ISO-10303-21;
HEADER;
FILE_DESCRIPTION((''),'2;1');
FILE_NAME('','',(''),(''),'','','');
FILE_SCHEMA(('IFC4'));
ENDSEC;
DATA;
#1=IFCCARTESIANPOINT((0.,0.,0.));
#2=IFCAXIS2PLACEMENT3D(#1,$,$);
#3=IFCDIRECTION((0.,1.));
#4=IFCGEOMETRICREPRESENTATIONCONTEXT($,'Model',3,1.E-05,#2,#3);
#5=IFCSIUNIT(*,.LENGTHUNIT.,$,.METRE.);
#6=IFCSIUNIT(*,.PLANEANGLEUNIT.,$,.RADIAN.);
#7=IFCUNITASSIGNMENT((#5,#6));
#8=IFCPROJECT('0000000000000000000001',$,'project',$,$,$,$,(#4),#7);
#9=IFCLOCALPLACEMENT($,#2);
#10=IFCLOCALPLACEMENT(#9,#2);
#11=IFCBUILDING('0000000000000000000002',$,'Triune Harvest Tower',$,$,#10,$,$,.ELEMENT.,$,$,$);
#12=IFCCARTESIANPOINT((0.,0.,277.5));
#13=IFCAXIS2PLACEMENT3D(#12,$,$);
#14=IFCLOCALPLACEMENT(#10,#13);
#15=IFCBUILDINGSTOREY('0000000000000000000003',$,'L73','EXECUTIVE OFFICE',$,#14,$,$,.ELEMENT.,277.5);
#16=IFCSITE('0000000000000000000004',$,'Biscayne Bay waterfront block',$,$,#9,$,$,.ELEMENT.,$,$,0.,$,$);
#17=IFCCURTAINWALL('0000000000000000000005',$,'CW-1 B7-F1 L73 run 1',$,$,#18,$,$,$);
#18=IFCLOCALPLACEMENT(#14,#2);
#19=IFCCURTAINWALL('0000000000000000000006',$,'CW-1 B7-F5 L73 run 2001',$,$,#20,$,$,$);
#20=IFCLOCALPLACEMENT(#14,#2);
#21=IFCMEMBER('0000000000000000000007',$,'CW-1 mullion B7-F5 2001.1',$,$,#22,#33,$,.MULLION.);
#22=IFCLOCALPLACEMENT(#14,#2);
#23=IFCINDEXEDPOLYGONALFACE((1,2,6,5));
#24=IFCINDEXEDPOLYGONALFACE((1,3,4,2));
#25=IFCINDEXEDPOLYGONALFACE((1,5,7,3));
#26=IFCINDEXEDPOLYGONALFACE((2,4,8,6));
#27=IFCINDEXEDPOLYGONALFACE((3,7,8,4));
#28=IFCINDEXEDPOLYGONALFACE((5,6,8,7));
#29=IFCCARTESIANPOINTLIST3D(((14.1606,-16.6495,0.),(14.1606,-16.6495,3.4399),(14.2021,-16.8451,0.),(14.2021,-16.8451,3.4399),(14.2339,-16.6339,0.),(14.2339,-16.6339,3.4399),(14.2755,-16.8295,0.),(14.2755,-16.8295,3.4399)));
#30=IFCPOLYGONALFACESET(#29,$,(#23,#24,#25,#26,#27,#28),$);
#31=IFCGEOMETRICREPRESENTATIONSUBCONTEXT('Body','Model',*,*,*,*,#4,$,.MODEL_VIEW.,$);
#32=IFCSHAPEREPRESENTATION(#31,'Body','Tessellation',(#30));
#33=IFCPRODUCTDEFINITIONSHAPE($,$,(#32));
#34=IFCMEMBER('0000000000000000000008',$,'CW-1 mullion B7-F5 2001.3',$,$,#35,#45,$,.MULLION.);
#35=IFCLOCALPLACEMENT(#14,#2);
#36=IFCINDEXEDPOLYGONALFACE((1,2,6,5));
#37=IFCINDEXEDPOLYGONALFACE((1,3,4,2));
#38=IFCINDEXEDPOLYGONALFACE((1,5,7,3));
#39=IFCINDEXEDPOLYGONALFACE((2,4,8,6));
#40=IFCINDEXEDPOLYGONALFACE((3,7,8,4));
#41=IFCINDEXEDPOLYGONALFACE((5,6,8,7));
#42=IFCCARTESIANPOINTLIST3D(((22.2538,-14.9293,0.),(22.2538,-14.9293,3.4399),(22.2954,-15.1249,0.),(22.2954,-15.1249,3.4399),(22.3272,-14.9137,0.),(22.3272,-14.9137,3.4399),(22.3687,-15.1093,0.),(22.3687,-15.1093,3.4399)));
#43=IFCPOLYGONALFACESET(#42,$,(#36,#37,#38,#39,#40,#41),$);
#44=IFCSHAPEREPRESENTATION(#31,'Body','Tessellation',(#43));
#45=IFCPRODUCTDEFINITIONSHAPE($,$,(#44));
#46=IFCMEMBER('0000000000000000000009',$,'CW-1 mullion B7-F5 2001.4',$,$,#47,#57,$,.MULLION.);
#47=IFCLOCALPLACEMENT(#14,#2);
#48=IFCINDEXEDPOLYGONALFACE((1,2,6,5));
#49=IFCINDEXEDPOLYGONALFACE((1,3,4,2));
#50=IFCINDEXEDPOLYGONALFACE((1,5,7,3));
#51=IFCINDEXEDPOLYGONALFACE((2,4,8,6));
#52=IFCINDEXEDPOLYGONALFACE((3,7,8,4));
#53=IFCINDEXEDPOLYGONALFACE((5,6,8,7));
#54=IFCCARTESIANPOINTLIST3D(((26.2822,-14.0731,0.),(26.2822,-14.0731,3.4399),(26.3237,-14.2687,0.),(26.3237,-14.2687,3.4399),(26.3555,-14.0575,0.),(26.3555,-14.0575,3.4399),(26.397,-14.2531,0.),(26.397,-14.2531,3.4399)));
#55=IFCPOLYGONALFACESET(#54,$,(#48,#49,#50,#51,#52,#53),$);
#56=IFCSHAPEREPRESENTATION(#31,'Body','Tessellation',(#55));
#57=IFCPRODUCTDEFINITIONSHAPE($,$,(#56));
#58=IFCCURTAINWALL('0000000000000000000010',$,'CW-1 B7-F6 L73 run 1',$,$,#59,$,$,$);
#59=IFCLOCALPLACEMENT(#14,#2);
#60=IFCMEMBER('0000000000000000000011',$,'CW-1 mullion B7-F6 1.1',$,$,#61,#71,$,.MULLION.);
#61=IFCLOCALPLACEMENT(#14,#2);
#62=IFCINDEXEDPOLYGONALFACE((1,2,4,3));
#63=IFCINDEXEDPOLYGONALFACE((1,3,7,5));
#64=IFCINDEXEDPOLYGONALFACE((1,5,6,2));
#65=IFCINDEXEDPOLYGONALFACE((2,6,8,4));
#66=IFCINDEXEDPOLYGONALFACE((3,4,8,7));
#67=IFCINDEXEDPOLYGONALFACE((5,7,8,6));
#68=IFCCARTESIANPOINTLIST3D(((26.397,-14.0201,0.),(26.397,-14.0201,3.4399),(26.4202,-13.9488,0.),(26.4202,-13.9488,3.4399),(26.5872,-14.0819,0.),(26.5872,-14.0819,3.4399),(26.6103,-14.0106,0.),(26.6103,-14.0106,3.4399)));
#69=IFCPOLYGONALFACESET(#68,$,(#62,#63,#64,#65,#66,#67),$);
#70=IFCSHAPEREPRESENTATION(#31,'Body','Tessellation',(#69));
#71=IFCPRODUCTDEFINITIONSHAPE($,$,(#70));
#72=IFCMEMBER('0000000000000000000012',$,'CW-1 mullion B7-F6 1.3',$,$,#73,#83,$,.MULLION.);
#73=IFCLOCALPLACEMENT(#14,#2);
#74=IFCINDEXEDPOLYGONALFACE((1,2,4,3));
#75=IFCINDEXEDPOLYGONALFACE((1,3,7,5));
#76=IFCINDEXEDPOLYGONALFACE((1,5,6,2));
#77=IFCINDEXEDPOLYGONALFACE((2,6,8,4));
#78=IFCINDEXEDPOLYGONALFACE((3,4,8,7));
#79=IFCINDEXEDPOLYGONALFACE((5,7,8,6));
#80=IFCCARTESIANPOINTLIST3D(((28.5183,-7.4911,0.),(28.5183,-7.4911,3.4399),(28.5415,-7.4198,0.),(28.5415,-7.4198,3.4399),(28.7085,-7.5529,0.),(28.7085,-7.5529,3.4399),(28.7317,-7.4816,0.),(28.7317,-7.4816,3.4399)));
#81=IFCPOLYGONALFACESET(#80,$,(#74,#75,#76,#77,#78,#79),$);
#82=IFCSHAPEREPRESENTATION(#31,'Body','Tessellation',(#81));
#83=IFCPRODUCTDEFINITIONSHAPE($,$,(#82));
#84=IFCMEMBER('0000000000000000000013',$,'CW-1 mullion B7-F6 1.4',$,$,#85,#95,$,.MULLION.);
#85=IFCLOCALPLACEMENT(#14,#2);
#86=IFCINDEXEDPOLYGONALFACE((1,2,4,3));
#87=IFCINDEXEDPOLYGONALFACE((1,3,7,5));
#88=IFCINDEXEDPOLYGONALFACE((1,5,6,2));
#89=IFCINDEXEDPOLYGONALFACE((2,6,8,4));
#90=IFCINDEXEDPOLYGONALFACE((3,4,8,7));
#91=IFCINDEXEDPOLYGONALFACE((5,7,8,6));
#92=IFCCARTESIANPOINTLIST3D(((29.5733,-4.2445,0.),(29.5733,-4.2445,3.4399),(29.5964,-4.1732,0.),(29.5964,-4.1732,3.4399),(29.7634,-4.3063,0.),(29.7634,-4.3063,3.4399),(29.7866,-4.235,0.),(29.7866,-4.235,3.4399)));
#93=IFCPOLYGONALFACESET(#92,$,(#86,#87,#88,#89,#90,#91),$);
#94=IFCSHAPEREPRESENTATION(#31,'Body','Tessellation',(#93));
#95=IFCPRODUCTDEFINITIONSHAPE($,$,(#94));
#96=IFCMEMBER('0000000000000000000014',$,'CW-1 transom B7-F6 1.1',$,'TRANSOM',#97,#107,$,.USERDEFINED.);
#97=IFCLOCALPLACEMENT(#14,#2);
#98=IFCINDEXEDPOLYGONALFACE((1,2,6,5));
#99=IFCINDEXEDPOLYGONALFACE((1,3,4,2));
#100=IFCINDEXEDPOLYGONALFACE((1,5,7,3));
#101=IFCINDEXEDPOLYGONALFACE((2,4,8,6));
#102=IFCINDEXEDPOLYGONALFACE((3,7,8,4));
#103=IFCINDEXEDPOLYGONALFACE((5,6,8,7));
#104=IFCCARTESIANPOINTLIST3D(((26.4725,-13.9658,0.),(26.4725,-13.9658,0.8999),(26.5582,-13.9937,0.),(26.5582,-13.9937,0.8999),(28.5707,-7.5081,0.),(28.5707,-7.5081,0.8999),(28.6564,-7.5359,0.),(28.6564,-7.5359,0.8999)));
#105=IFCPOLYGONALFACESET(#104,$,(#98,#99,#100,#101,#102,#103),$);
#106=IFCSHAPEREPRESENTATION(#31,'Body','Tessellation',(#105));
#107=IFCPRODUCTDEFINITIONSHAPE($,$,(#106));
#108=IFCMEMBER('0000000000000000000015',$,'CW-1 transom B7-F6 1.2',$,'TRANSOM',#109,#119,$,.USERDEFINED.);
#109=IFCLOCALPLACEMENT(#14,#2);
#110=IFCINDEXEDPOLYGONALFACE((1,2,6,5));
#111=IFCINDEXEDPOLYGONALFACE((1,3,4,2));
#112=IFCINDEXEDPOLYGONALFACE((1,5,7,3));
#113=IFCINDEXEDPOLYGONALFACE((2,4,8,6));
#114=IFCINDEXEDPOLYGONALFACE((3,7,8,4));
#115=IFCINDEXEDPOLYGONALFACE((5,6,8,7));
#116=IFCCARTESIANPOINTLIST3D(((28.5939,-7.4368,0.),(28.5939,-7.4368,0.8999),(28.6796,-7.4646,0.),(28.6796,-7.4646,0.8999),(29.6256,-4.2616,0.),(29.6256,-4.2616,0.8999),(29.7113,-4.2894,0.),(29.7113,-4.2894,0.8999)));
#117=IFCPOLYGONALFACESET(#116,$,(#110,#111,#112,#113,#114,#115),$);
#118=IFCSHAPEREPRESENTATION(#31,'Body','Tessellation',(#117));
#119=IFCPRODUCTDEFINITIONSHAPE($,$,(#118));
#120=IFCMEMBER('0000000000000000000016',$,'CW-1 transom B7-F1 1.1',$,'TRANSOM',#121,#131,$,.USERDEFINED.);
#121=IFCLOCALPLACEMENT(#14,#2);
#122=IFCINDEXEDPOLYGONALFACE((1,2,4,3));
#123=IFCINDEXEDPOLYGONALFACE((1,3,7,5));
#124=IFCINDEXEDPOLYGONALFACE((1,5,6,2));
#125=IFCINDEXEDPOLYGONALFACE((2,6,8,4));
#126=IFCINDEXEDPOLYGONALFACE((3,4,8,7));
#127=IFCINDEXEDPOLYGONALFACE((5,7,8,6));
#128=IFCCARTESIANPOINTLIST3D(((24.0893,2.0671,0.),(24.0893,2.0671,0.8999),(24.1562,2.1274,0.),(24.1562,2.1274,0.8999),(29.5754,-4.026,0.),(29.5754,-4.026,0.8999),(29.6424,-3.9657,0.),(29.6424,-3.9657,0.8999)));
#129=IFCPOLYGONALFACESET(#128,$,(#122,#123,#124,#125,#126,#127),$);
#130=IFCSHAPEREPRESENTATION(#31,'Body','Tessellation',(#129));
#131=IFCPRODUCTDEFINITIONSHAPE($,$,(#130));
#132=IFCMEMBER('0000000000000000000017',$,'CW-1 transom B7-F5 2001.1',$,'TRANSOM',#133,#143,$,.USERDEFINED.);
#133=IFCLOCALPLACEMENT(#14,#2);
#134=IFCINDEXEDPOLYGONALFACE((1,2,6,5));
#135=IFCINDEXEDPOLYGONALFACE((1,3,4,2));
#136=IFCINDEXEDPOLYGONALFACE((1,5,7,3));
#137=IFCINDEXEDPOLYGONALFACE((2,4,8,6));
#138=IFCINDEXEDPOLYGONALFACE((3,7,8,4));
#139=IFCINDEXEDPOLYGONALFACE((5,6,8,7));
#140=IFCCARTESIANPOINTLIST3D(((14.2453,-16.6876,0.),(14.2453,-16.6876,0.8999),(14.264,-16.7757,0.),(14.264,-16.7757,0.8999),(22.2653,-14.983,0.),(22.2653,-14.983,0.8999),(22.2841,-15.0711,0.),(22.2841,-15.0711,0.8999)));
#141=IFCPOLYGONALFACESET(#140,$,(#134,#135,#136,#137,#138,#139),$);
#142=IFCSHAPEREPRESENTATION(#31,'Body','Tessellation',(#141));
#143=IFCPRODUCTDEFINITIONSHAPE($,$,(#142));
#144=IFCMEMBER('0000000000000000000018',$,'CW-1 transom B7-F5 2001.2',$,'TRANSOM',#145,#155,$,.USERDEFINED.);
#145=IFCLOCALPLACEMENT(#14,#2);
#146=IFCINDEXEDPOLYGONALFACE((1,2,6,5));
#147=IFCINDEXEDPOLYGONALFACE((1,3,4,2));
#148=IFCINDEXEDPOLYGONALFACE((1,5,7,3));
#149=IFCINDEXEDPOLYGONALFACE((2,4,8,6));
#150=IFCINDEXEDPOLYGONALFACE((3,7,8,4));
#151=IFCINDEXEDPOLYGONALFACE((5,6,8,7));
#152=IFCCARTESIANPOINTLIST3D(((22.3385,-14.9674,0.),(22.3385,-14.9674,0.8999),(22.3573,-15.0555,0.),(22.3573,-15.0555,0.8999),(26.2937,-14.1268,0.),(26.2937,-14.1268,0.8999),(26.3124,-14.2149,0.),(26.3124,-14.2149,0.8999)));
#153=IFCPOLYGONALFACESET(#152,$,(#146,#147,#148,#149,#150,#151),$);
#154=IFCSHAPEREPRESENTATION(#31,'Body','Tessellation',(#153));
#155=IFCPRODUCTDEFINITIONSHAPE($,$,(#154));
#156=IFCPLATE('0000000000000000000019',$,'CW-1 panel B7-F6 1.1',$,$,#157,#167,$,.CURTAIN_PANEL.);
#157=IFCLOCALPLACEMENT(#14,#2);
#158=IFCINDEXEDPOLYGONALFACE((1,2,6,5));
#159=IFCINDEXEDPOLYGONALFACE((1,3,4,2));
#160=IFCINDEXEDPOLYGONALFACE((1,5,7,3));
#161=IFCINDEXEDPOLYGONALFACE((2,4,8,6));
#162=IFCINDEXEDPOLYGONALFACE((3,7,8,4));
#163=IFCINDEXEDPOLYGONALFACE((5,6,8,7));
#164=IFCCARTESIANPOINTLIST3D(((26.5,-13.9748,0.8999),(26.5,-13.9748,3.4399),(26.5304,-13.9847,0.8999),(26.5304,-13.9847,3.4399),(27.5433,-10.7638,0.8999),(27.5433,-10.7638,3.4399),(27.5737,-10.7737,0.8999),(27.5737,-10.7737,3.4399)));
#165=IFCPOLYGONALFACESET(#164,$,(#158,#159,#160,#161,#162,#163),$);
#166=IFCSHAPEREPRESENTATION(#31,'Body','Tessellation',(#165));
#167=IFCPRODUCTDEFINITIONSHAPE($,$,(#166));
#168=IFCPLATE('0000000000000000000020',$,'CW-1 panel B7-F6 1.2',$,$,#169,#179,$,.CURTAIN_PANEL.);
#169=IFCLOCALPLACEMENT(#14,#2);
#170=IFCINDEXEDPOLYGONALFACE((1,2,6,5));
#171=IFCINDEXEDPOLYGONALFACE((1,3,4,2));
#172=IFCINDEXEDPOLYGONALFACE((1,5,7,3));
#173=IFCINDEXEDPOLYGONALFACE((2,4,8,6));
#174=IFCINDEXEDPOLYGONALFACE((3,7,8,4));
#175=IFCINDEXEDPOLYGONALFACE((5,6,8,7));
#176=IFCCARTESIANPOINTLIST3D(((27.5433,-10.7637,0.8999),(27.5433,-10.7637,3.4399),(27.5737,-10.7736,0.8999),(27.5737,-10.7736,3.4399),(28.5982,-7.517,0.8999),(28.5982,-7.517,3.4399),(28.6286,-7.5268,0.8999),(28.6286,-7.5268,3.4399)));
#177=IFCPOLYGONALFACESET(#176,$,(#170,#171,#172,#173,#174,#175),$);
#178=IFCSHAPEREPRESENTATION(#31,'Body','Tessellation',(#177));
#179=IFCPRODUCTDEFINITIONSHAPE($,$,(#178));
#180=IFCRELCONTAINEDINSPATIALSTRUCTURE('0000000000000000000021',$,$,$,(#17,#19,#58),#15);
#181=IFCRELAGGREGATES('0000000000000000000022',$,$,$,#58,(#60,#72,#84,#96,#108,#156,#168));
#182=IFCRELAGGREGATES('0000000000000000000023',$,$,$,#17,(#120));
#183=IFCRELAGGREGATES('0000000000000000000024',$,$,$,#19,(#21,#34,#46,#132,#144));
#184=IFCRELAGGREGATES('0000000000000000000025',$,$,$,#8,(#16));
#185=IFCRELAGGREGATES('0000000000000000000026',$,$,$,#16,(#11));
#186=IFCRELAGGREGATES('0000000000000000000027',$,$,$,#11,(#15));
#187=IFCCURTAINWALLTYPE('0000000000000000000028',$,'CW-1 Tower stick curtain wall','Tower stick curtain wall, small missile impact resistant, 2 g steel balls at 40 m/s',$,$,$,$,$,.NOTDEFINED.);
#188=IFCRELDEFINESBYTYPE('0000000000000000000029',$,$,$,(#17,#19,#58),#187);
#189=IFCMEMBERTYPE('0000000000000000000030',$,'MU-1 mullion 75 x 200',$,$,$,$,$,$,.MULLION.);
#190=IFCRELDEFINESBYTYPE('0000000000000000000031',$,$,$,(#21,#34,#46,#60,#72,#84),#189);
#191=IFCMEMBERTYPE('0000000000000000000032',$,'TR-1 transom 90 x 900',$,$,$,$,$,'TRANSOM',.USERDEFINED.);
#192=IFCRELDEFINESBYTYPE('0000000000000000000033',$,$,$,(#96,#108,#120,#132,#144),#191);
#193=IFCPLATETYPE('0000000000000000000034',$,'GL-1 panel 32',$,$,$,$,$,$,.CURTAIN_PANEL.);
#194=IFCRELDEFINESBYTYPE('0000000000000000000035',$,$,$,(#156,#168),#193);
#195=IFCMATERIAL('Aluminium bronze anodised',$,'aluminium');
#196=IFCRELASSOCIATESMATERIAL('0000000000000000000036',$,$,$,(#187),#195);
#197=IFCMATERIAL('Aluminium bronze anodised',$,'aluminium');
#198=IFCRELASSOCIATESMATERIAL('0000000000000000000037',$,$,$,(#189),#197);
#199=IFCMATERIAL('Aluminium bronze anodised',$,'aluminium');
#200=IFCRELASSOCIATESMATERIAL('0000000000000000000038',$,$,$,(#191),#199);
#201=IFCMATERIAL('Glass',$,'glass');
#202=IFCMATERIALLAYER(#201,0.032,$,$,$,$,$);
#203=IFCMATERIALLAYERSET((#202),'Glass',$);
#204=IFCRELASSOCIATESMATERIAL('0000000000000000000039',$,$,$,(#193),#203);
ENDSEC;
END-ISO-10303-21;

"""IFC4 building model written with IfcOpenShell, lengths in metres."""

from ifc_helpers import new_model, si_unit, direction, frame, origin, origin_2d, place, context, subcontext, project, spatial, rectangle, extrude, source, transform, mapped, material, layer, layer_set, material_profile, profile_set, type_object, element, aggregate, save


model = new_model("IFC4")

# Units and contexts
model_context = context("Model", 3, precision=1e-05, world=origin(), true_north=direction((0.0, 1.0)))
body_context = subcontext(model_context, "Body", "Model", "MODEL_VIEW")
ifc_project = project(units=[si_unit("LENGTHUNIT", "METRE"), si_unit("PLANEANGLEUNIT", "RADIAN")], contexts=[model_context])

# Site, building, storey
site_placement = place(None, origin())
site = spatial("IfcSite", under=ifc_project, at=site_placement, Name="Biscayne Bay waterfront block", CompositionType="ELEMENT", RefElevation=0.0)
building_placement = place(site_placement, origin())
building = spatial("IfcBuilding", under=site, at=building_placement, Name="Triune Harvest Tower", CompositionType="ELEMENT")
storey_placement = place(building_placement, frame((0.0, 0.0, 277.5)))
storey = spatial("IfcBuildingStorey", under=building, at=storey_placement, Name="L73", Description="EXECUTIVE OFFICE", CompositionType="ELEMENT", Elevation=277.5)

# Curtain wall
ifc_material_1 = material(Name="Aluminium bronze anodised", Category="aluminium")
curtain_wall_type_1 = type_object("IfcCurtainWallType", Name="CW-1 Tower stick curtain wall", Description="Tower stick curtain wall, small missile impact resistant, 2 g steel balls at 40 m/s", PredefinedType="NOTDEFINED", material=ifc_material_1)
curtain_wall_1_placement = place(storey_placement, origin())
curtain_wall_1 = element("IfcCurtainWall", 1, at=curtain_wall_1_placement, inside=storey, type_object=curtain_wall_type_1, Name="CW-1 B7-F1 L73 run 1")
ifc_material_2 = material(Name="Aluminium bronze anodised", Category="aluminium")
ifc_material_profile_1 = material_profile(ifc_material_2, rectangle(XDim=0.2, YDim=0.075, at=origin_2d()), Name="MU-1 mullion 75 x 200")
ifc_profile_set_1 = profile_set([ifc_material_profile_1], Name="Aluminium bronze anodised")
member_type_1 = type_object("IfcMemberType", Name="MU-1 mullion 75 x 200", PredefinedType="MULLION", material=ifc_profile_set_1)
shared_shape_1 = source(origin(), body_context, "Body", "SweptSolid", [
    extrude(rectangle(XDim=0.2, YDim=0.075, at=origin_2d()), origin(), (0.0, 0.0, 1.0), 3.4399),
])

# Curtain walls, members
curtain_wall_2_placement = place(storey_placement, origin())
curtain_wall_2 = element("IfcCurtainWall", 2, at=curtain_wall_2_placement, inside=storey, type_object=curtain_wall_type_1, Name="CW-1 B7-F5 L73 run 2001")
member_1_placement = place(storey_placement, frame((14.218, -16.7395, 0.0), z_axis=(0.0, 0.0, 1.0), x_axis=(-0.207909, 0.978148, 0.0)))
member_1 = element("IfcMember", 3, at=member_1_placement, type_object=member_type_1, Name="CW-1 mullion B7-F5 2001.1", PredefinedType="MULLION", context=body_context, shape_type="MappedRepresentation", body=[
    mapped(shared_shape_1, transform((0.0, 0.0, 0.0), scale=1.0)),
])
member_2_placement = place(storey_placement, frame((22.3113, -15.0193, 0.0), z_axis=(0.0, 0.0, 1.0), x_axis=(-0.207909, 0.978148, 0.0)))
member_2 = element("IfcMember", 4, at=member_2_placement, type_object=member_type_1, Name="CW-1 mullion B7-F5 2001.3", PredefinedType="MULLION", context=body_context, shape_type="MappedRepresentation", body=[
    mapped(shared_shape_1, transform((0.0, 0.0, 0.0), scale=1.0)),
])
member_3_placement = place(storey_placement, frame((26.3396, -14.1631, 0.0), z_axis=(0.0, 0.0, 1.0), x_axis=(-0.207909, 0.978148, 0.0)))
member_3 = element("IfcMember", 5, at=member_3_placement, type_object=member_type_1, Name="CW-1 mullion B7-F5 2001.4", PredefinedType="MULLION", context=body_context, shape_type="MappedRepresentation", body=[
    mapped(shared_shape_1, transform((0.0, 0.0, 0.0), scale=1.0)),
])
curtain_wall_3_placement = place(storey_placement, origin())
curtain_wall_3 = element("IfcCurtainWall", 6, at=curtain_wall_3_placement, inside=storey, type_object=curtain_wall_type_1, Name="CW-1 B7-F6 L73 run 1")
member_4_placement = place(storey_placement, frame((26.5037, -14.0154, 0.0), z_axis=(0.0, 0.0, 1.0), x_axis=(-0.951056, 0.309019, 0.0)))
member_4 = element("IfcMember", 7, at=member_4_placement, type_object=member_type_1, Name="CW-1 mullion B7-F6 1.1", PredefinedType="MULLION", context=body_context, shape_type="MappedRepresentation", body=[
    mapped(shared_shape_1, transform((0.0, 0.0, 0.0), scale=1.0)),
])
member_5_placement = place(storey_placement, frame((28.625, -7.4863, 0.0), z_axis=(0.0, 0.0, 1.0), x_axis=(-0.951056, 0.309019, 0.0)))
member_5 = element("IfcMember", 8, at=member_5_placement, type_object=member_type_1, Name="CW-1 mullion B7-F6 1.3", PredefinedType="MULLION", context=body_context, shape_type="MappedRepresentation", body=[
    mapped(shared_shape_1, transform((0.0, 0.0, 0.0), scale=1.0)),
])
member_6_placement = place(storey_placement, frame((29.6799, -4.2397, 0.0), z_axis=(0.0, 0.0, 1.0), x_axis=(-0.951056, 0.309019, 0.0)))
member_6 = element("IfcMember", 9, at=member_6_placement, type_object=member_type_1, Name="CW-1 mullion B7-F6 1.4", PredefinedType="MULLION", context=body_context, shape_type="MappedRepresentation", body=[
    mapped(shared_shape_1, transform((0.0, 0.0, 0.0), scale=1.0)),
])
ifc_material_3 = material(Name="Aluminium bronze anodised", Category="aluminium")
ifc_material_profile_2 = material_profile(ifc_material_3, rectangle(XDim=0.0901, YDim=0.8999, at=origin_2d()), Name="TR-1 transom 90 x 900")
ifc_profile_set_2 = profile_set([ifc_material_profile_2], Name="Aluminium bronze anodised")
member_type_2 = type_object("IfcMemberType", Name="TR-1 transom 90 x 900", ElementType="TRANSOM", PredefinedType="USERDEFINED", material=ifc_profile_set_2)
shared_shape_2 = source(origin(), body_context, "Body", "SweptSolid", [
    extrude(rectangle(XDim=0.0901, YDim=0.8999, at=origin_2d()), origin(), (0.0, 0.0, 1.0), 6.79),
])
member_7_placement = place(storey_placement, frame((26.5154, -13.9797, 0.45), z_axis=(0.309002, 0.951061, 0.0), x_axis=(-0.951061, 0.309002, 0.0)))
member_7 = element("IfcMember", 10, at=member_7_placement, type_object=member_type_2, Name="CW-1 transom B7-F6 1.1", ObjectType="TRANSOM", PredefinedType="USERDEFINED", context=body_context, shape_type="MappedRepresentation", body=[
    mapped(shared_shape_2, transform((0.0, 0.0, 0.0), scale=1.0)),
])
shared_shape_3 = source(origin(), body_context, "Body", "SweptSolid", [
    extrude(rectangle(XDim=0.0901, YDim=0.8999, at=origin_2d()), origin(), (0.0, 0.0, 1.0), 3.3386),
])
member_8_placement = place(storey_placement, frame((28.6367, -7.4507, 0.45), z_axis=(0.309023, 0.951054, 0.0), x_axis=(-0.951054, 0.309023, 0.0)))
member_8 = element("IfcMember", 11, at=member_8_placement, type_object=member_type_2, Name="CW-1 transom B7-F6 1.2", ObjectType="TRANSOM", PredefinedType="USERDEFINED", context=body_context, shape_type="MappedRepresentation", body=[
    mapped(shared_shape_3, transform((0.0, 0.0, 0.0), scale=1.0)),
])

# Members
shared_shape_4 = source(origin(), body_context, "Body", "SweptSolid", [
    extrude(rectangle(XDim=0.0901, YDim=0.8999, at=origin_2d()), origin(), (0.0, 0.0, 1.0), 8.199),
])
member_9_placement = place(storey_placement, frame((29.6089, -3.9958, 0.45), z_axis=(-0.669124, 0.743151, 0.0), x_axis=(-0.743151, -0.669124, 0.0)))
member_9 = element("IfcMember", 12, at=member_9_placement, type_object=member_type_2, Name="CW-1 transom B7-F1 1.1", ObjectType="TRANSOM", PredefinedType="USERDEFINED", context=body_context, shape_type="MappedRepresentation", body=[
    mapped(shared_shape_4, transform((0.0, 0.0, 0.0), scale=1.0)),
])
shared_shape_5 = source(origin(), body_context, "Body", "SweptSolid", [
    extrude(rectangle(XDim=0.0901, YDim=0.8999, at=origin_2d()), origin(), (0.0, 0.0, 1.0), 8.1992),
])
member_10_placement = place(storey_placement, frame((14.2546, -16.7317, 0.45), z_axis=(0.978151, 0.207898, 0.0), x_axis=(-0.207898, 0.978151, 0.0)))
member_10 = element("IfcMember", 13, at=member_10_placement, type_object=member_type_2, Name="CW-1 transom B7-F5 2001.1", ObjectType="TRANSOM", PredefinedType="USERDEFINED", context=body_context, shape_type="MappedRepresentation", body=[
    mapped(shared_shape_5, transform((0.0, 0.0, 0.0), scale=1.0)),
])
shared_shape_6 = source(origin(), body_context, "Body", "SweptSolid", [
    extrude(rectangle(XDim=0.0901, YDim=0.8999, at=origin_2d()), origin(), (0.0, 0.0, 1.0), 4.0435),
])
member_11_placement = place(storey_placement, frame((22.3479, -15.0115, 0.45), z_axis=(0.978153, 0.207888, 0.0), x_axis=(-0.207888, 0.978153, 0.0)))
member_11 = element("IfcMember", 14, at=member_11_placement, type_object=member_type_2, Name="CW-1 transom B7-F5 2001.2", ObjectType="TRANSOM", PredefinedType="USERDEFINED", context=body_context, shape_type="MappedRepresentation", body=[
    mapped(shared_shape_6, transform((0.0, 0.0, 0.0), scale=1.0)),
])

# Plates
ifc_material_4 = material(Name="Glass", Category="glass")
ifc_layer_1 = layer(ifc_material_4, 0.032)
ifc_layer_set_1 = layer_set([ifc_layer_1], Name="Glass")
plate_type = type_object("IfcPlateType", Name="GL-1 panel 32", PredefinedType="CURTAIN_PANEL", material=ifc_layer_set_1)
shared_shape_7 = source(origin(), body_context, "Body", "SweptSolid", [
    extrude(rectangle(XDim=3.3762, YDim=0.032, at=origin_2d()), origin(), (0.0, 0.0, 1.0), 2.54),
])
plate_1_placement = place(storey_placement, frame((27.0369, -12.3743, 0.8999), z_axis=(0.0, 0.0, 1.0), x_axis=(0.309019, 0.951056, 0.0)))
plate_1 = element("IfcPlate", 15, at=plate_1_placement, type_object=plate_type, Name="CW-1 panel B7-F6 1.1", PredefinedType="CURTAIN_PANEL", context=body_context, shape_type="MappedRepresentation", body=[
    mapped(shared_shape_7, transform((0.0, 0.0, 0.0), scale=1.0)),
])
shared_shape_8 = source(origin(), body_context, "Body", "SweptSolid", [
    extrude(rectangle(XDim=3.4138, YDim=0.032, at=origin_2d()), origin(), (0.0, 0.0, 1.0), 2.54),
])
plate_2_placement = place(storey_placement, frame((28.0859, -9.1453, 0.8999), z_axis=(0.0, 0.0, 1.0), x_axis=(0.309019, 0.951056, 0.0)))
plate_2 = element("IfcPlate", 16, at=plate_2_placement, type_object=plate_type, Name="CW-1 panel B7-F6 1.2", PredefinedType="CURTAIN_PANEL", context=body_context, shape_type="MappedRepresentation", body=[
    mapped(shared_shape_8, transform((0.0, 0.0, 0.0), scale=1.0)),
])
aggregate(curtain_wall_3, [member_4, member_5, member_6, member_7, member_8, plate_1, plate_2])
aggregate(curtain_wall_1, [member_9])
aggregate(curtain_wall_2, [member_1, member_2, member_3, member_10, member_11])

save(model, "model.ifc")
